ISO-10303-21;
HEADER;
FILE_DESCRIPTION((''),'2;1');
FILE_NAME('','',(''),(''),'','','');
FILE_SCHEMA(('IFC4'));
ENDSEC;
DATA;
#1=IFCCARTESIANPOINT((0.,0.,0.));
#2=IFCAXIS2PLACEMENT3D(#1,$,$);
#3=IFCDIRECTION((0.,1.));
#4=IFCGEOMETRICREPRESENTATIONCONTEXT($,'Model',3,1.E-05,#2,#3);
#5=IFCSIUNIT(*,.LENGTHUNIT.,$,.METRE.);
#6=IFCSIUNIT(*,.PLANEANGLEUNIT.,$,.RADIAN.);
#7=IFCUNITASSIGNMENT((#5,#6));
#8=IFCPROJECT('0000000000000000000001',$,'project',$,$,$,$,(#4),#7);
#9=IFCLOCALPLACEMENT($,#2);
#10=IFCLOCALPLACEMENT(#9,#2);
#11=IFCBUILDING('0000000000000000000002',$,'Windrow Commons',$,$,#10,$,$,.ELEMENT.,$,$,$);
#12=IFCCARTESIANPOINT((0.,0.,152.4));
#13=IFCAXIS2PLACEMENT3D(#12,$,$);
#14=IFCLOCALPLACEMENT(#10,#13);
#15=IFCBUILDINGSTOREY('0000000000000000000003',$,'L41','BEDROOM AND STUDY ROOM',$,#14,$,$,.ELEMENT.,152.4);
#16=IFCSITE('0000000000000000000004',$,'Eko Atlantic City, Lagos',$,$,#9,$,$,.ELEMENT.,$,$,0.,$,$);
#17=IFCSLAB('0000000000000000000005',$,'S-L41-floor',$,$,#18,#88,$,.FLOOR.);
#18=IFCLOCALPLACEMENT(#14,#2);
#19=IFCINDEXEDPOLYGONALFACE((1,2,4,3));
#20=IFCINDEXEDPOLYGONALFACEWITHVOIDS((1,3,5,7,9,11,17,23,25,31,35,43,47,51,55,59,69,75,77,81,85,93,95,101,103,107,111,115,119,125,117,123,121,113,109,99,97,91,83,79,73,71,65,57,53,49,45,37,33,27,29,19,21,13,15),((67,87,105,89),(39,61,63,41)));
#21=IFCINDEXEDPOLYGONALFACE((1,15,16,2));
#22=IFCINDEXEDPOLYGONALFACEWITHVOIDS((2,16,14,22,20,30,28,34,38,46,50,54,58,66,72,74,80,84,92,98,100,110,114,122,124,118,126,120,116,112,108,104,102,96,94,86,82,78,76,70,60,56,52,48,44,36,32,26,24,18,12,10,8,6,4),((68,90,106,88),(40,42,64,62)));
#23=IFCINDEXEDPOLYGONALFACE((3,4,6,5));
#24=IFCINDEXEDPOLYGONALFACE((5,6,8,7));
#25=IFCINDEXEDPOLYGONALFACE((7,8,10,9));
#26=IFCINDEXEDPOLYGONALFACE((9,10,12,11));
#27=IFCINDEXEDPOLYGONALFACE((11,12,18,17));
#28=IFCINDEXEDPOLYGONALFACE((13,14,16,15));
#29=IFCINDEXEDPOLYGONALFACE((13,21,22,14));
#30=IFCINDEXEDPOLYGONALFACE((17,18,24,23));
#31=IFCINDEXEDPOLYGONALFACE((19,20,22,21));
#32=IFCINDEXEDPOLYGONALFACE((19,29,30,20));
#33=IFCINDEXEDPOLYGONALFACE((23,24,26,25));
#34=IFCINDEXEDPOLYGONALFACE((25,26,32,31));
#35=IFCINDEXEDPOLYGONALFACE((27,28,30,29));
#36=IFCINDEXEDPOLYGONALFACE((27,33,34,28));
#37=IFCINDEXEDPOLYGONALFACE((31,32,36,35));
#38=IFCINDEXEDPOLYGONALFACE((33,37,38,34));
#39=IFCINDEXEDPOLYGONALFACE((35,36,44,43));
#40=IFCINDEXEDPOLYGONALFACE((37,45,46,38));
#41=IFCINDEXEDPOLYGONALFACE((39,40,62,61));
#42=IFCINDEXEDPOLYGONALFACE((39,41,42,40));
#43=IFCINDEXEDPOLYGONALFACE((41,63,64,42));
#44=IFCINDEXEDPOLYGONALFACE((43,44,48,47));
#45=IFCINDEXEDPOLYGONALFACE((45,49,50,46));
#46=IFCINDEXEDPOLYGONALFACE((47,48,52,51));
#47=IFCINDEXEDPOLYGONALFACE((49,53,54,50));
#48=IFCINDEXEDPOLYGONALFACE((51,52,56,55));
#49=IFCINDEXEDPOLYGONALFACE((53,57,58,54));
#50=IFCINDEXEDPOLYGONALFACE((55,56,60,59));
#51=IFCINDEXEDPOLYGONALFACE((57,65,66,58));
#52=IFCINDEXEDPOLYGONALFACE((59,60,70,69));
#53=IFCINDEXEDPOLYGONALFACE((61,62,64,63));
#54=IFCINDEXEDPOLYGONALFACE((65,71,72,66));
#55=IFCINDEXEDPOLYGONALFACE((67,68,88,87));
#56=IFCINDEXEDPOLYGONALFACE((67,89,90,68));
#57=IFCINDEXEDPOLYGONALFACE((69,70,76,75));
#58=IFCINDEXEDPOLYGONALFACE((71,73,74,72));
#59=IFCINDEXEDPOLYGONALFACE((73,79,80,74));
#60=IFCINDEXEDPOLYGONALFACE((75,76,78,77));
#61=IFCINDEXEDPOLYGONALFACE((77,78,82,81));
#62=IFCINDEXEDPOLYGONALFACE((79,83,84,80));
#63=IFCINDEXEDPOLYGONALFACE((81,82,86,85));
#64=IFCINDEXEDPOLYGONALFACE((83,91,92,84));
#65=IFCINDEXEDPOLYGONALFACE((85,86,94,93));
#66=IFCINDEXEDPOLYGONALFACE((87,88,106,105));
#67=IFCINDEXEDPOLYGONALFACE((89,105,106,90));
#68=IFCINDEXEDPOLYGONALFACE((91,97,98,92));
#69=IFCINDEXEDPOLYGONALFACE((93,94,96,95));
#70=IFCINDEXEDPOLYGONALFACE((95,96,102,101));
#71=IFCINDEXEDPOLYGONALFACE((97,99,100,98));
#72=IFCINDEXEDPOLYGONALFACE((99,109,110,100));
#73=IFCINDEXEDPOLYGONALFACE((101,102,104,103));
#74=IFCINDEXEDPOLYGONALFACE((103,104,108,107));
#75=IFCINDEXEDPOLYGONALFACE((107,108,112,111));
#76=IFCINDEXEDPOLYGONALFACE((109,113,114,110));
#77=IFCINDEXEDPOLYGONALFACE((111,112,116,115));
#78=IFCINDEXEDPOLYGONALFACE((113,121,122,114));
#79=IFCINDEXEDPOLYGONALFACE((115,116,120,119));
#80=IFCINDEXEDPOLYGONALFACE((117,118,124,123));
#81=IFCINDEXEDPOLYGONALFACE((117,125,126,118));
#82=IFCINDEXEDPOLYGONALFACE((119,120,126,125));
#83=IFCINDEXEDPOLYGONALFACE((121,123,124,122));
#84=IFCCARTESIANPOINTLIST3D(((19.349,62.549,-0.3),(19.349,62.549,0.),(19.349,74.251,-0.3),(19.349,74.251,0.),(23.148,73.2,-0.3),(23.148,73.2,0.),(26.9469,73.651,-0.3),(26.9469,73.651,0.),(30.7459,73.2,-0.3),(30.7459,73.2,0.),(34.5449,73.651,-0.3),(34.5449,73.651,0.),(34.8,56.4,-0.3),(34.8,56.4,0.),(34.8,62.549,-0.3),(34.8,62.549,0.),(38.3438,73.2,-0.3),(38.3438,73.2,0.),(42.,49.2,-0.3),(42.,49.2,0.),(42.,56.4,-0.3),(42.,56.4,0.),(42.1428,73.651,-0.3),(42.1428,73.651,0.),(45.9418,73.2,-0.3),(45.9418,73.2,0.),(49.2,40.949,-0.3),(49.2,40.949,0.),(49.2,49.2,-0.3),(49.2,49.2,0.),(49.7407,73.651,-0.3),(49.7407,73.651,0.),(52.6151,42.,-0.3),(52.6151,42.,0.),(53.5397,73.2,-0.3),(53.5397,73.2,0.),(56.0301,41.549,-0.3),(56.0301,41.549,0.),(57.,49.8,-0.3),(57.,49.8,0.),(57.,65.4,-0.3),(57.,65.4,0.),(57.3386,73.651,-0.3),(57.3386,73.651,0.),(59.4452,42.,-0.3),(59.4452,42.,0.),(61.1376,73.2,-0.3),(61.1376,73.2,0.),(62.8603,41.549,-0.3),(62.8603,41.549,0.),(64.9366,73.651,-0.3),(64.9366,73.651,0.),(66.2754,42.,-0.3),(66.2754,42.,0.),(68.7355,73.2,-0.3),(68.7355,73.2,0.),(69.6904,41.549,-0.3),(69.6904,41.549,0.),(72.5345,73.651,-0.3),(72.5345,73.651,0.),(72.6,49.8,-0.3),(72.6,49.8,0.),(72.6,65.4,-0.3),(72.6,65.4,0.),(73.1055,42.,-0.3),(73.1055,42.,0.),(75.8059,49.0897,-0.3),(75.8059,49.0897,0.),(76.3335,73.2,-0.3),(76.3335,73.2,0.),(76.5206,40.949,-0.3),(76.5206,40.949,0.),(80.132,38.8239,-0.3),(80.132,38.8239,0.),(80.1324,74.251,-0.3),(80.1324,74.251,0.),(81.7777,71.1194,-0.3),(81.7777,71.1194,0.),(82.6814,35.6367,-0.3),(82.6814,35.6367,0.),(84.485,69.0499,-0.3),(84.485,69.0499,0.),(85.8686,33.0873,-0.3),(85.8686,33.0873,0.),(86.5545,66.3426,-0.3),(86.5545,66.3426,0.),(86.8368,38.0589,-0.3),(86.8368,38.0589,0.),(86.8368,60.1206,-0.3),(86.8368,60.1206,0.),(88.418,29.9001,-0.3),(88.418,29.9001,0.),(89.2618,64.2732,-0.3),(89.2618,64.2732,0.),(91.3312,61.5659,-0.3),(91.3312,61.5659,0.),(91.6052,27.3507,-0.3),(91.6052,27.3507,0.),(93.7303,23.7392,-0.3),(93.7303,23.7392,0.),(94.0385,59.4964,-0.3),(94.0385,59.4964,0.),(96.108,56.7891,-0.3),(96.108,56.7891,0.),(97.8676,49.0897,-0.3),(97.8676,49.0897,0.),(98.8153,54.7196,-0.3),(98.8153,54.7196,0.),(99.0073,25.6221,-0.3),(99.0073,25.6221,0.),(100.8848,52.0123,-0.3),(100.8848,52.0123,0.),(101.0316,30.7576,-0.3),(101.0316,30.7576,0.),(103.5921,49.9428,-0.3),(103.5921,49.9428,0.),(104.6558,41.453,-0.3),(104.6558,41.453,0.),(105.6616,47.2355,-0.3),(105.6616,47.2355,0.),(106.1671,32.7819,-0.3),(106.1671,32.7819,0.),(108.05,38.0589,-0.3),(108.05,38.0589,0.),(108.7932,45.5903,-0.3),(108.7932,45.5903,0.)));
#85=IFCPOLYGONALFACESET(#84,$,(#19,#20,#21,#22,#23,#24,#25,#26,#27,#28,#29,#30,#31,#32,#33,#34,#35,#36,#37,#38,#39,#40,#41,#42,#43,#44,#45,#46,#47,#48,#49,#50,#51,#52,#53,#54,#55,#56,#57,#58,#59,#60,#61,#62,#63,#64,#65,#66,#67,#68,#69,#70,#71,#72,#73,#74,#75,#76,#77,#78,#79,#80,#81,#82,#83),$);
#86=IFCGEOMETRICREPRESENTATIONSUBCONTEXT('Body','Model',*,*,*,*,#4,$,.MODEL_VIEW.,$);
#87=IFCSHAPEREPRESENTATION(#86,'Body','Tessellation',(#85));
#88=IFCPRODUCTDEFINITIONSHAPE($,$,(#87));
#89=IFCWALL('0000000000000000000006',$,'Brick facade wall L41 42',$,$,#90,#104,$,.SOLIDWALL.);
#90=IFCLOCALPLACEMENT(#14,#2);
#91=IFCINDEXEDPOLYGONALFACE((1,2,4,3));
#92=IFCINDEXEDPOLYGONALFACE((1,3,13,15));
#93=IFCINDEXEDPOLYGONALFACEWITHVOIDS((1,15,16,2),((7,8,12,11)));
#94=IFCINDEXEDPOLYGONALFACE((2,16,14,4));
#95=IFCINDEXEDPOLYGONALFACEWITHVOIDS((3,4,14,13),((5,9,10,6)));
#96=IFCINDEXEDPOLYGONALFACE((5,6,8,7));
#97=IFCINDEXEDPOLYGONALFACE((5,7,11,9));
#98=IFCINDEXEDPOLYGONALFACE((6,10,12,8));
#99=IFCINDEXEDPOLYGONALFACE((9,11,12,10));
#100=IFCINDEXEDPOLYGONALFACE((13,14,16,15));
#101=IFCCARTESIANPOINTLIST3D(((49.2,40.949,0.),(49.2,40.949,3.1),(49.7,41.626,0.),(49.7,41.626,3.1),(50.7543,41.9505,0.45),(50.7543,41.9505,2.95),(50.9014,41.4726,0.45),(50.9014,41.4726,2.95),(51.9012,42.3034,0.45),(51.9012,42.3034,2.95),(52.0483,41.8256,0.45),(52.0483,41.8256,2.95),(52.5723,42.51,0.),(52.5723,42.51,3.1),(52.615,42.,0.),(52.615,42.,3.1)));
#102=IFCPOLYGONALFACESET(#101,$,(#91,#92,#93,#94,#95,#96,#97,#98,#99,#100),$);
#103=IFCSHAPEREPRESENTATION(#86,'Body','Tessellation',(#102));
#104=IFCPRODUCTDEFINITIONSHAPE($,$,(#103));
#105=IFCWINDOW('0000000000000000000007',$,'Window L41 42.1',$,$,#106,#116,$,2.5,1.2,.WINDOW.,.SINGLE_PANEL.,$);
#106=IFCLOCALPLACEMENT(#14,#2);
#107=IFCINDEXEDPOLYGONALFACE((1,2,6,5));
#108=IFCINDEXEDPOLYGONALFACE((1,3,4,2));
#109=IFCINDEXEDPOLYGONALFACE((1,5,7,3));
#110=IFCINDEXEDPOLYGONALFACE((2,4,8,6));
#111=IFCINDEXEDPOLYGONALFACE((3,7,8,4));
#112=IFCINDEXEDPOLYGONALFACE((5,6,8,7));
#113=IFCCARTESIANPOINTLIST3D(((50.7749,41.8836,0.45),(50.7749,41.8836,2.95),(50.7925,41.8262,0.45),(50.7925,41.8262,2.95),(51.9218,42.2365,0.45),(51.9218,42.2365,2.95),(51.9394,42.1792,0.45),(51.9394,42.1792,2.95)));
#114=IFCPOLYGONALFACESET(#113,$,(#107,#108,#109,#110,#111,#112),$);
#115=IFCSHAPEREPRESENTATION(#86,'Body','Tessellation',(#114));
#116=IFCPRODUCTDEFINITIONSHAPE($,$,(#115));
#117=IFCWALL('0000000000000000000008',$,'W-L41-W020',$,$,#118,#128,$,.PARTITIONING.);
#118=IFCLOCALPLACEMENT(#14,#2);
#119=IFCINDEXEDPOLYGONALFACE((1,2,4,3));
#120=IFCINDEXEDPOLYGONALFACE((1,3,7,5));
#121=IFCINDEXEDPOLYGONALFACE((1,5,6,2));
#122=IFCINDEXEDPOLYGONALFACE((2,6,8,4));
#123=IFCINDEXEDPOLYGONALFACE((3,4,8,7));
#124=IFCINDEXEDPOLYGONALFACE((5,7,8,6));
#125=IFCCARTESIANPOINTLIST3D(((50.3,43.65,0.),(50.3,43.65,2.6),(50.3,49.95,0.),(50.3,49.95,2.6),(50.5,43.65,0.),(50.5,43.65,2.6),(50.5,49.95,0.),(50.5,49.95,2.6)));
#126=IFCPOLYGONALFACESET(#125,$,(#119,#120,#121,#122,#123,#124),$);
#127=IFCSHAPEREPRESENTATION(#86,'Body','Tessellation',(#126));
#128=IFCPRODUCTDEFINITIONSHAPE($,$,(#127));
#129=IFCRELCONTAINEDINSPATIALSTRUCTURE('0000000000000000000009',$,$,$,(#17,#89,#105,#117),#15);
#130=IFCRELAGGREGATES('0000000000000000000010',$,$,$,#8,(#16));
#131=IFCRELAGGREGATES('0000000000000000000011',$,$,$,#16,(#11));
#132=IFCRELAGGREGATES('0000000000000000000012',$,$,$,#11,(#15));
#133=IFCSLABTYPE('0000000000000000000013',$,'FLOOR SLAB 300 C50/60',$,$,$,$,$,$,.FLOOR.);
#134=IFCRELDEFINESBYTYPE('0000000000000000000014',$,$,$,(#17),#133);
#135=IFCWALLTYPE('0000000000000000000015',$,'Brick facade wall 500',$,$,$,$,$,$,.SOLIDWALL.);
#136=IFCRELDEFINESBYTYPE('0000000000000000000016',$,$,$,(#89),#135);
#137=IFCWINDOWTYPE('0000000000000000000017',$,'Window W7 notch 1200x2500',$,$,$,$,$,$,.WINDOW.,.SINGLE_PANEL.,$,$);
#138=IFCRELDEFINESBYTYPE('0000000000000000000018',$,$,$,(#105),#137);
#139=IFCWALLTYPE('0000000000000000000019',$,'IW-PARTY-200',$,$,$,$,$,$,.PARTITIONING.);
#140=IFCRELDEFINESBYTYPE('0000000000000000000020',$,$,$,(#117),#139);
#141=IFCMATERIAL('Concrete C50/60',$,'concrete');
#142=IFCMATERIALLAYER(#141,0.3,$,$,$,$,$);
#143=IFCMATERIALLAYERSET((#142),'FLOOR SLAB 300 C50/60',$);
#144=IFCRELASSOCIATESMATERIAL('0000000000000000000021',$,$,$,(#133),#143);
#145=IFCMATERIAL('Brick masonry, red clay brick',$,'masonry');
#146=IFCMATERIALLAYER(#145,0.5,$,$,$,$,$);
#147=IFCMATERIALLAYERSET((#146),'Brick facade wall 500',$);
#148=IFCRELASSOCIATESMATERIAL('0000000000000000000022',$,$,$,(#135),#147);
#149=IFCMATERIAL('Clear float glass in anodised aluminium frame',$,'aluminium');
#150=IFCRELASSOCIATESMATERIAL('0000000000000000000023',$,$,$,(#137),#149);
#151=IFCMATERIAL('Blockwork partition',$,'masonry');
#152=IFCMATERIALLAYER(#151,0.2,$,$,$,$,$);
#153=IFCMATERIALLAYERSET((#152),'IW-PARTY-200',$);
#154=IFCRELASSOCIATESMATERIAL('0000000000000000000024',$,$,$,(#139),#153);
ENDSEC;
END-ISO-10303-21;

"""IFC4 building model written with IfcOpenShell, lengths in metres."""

from ifc_helpers import new_model, si_unit, direction, frame, frame_2d, origin, place, context, subcontext, project, spatial, polyline, rectangle, outline, extrude, material, layer, layer_set, type_object, element, fill, save


model = new_model("IFC4")

# Units and contexts
model_context = context("Model", 3, precision=1e-05, world=origin(), true_north=direction((0.0, 1.0)))
body_context = subcontext(model_context, "Body", "Model", "MODEL_VIEW")
ifc_project = project(units=[si_unit("LENGTHUNIT", "METRE"), si_unit("PLANEANGLEUNIT", "RADIAN")], contexts=[model_context])

# Site, building, storey
site_placement = place(None, origin())
site = spatial("IfcSite", under=ifc_project, at=site_placement, Name="Eko Atlantic City, Lagos", CompositionType="ELEMENT", RefElevation=0.0)
building_placement = place(site_placement, origin())
building = spatial("IfcBuilding", under=site, at=building_placement, Name="Windrow Commons", CompositionType="ELEMENT")
storey_placement = place(building_placement, frame((0.0, 0.0, 152.4)))
storey = spatial("IfcBuildingStorey", under=building, at=storey_placement, Name="L41", Description="BEDROOM AND STUDY ROOM", CompositionType="ELEMENT", Elevation=152.4)

# Shared definitions
placement_1 = place(storey_placement, frame((0.0, 0.0, -0.3)))

# Slab, openings
ifc_material_1 = material(Name="Concrete C50/60", Category="concrete")
ifc_layer_1 = layer(ifc_material_1, 0.3)
ifc_layer_set_1 = layer_set([ifc_layer_1], Name="FLOOR SLAB 300 C50/60")
slab_type_1 = type_object("IfcSlabType", Name="FLOOR SLAB 300 C50/60", PredefinedType="FLOOR", material=ifc_layer_set_1)
slab_1 = element("IfcSlab", 1, at=placement_1, inside=storey, type_object=slab_type_1, Name="S-L41-floor", PredefinedType="FLOOR", context=body_context, shape_type="SweptSolid", body=[
    extrude(outline(polyline([(91.6052, 27.3507), (93.7303, 23.7392), (99.0073, 25.6221), (101.0316, 30.7576), (106.1671, 32.7819), (108.05, 38.0589), (104.6558, 41.453), (108.7932, 45.5903), (105.6616, 47.2355), (103.5921, 49.9428), (100.8848, 52.0123), (98.8153, 54.7196), (96.108, 56.7891), (94.0385, 59.4964), (91.3312, 61.5659), (89.2618, 64.2732), (86.5545, 66.3426), (84.485, 69.0499), (81.7777, 71.1194), (80.1324, 74.251), (76.3335, 73.2), (72.5345, 73.651), (68.7355, 73.2), (64.9366, 73.651), (61.1376, 73.2), (57.3386, 73.651), (53.5397, 73.2), (49.7407, 73.651), (45.9418, 73.2), (42.1428, 73.651), (38.3438, 73.2), (34.5449, 73.651), (30.7459, 73.2), (26.9469, 73.651), (23.148, 73.2), (19.349, 74.251), (19.349, 62.549), (34.8, 62.549), (34.8, 56.4), (42.0, 56.4), (42.0, 49.2), (49.2, 49.2), (49.2, 40.949), (52.6151, 42.0), (56.0301, 41.549), (59.4452, 42.0), (62.8603, 41.549), (66.2754, 42.0), (69.6904, 41.549), (73.1055, 42.0), (76.5206, 40.949), (80.132, 38.8239), (82.6814, 35.6367), (85.8686, 33.0873), (88.418, 29.9001), (91.6052, 27.3507)]), holes=[polyline([(75.8059, 49.0897), (86.8368, 60.1206), (97.8676, 49.0897), (86.8368, 38.0589), (75.8059, 49.0897)]), polyline([(57.0, 49.8), (57.0, 65.4), (72.6, 65.4), (72.6, 49.8), (57.0, 49.8)])]), origin(), (0.0, 0.0, 1.0), 0.3),
])
opening_1_placement = place(placement_1, origin())
element("IfcOpeningElement", 2, at=opening_1_placement, cuts=slab_1, PredefinedType="OPENING", context=body_context, shape_type="SweptSolid", body=[
    extrude(outline(polyline([(75.813, 49.0897), (86.8368, 60.1135), (97.8605, 49.0897), (86.8368, 38.066), (75.813, 49.0897)])), origin(), (0.0, 0.0, 1.0), 0.3),
])
opening_2_placement = place(placement_1, origin())
element("IfcOpeningElement", 3, at=opening_2_placement, cuts=slab_1, PredefinedType="OPENING", context=body_context, shape_type="SweptSolid", body=[
    extrude(outline(polyline([(57.005, 49.805), (57.005, 65.395), (72.595, 65.395), (72.595, 49.805), (57.005, 49.805)])), origin(), (0.0, 0.0, 1.0), 0.3),
])

# Wall, opening, window
ifc_material_2 = material(Name="Brick masonry, red clay brick", Category="masonry")
ifc_layer_2 = layer(ifc_material_2, 0.5)
ifc_layer_set_2 = layer_set([ifc_layer_2], Name="Brick facade wall 500")
wall_type_1 = type_object("IfcWallType", Name="Brick facade wall 500", PredefinedType="SOLIDWALL", material=ifc_layer_set_2)
wall_1_placement = place(storey_placement, frame((49.45, 41.2875, 0.0), z_axis=(0.0, 0.0, 1.0), x_axis=(0.955761, 0.294144, 0.0)))
wall_1 = element("IfcWall", 4, at=wall_1_placement, inside=storey, type_object=wall_type_1, Name="Brick facade wall L41 42", PredefinedType="SOLIDWALL", context=body_context, shape_type="SweptSolid", body=[
    extrude(outline(polyline([(-0.3385, -0.25), (3.2346, -0.25), (3.3438, 0.25), (0.3385, 0.25), (-0.3385, -0.25)])), origin(), (0.0, 0.0, 1.0), 3.1),
])
opening_3_placement = place(wall_1_placement, frame((1.4416, 0.0, 0.45)))
opening_3 = element("IfcOpeningElement", 5, at=opening_3_placement, cuts=wall_1, PredefinedType="OPENING", context=body_context, shape_type="SweptSolid", body=[
    extrude(rectangle(XDim=1.2, YDim=2.5, at=frame_2d((0.6, 1.25))), frame((0.0, 0.26, 0.0), z_axis=(0.0, -1.0, 0.0), x_axis=(1.0, 0.0, 0.0)), (0.0, 0.0, 1.0), 0.52),
])
ifc_material_3 = material(Name="Clear float glass in anodised aluminium frame", Category="aluminium")
window_type = type_object("IfcWindowType", Name="Window W7 notch 1200x2500", PartitioningType="SINGLE_PANEL", PredefinedType="WINDOW", material=ifc_material_3)
window_placement = place(opening_3_placement, origin())
window = element("IfcWindow", 6, at=window_placement, inside=storey, type_object=window_type, Name="Window L41 42.1", OverallHeight=2.5, OverallWidth=1.2, PartitioningType="SINGLE_PANEL", PredefinedType="WINDOW", context=body_context, shape_type="SweptSolid", body=[
    extrude(rectangle(XDim=1.2, YDim=2.5, at=frame_2d((0.6, 1.25))), frame((0.0, 0.18, 0.0), z_axis=(0.0, -1.0, 0.0), x_axis=(1.0, 0.0, 0.0)), (0.0, 0.0, 1.0), 0.06),
])
fill(opening_3, window)

# Wall
ifc_material_4 = material(Name="Blockwork partition", Category="masonry")
ifc_layer_3 = layer(ifc_material_4, 0.2)
ifc_layer_set_3 = layer_set([ifc_layer_3], Name="IW-PARTY-200")
wall_type_2 = type_object("IfcWallType", Name="IW-PARTY-200", PredefinedType="PARTITIONING", material=ifc_layer_set_3)
wall_2_placement = place(storey_placement, frame((50.4, 43.65, 0.0), z_axis=(0.0, 0.0, 1.0), x_axis=(0.0, 1.0, 0.0)))
element("IfcWall", 7, at=wall_2_placement, inside=storey, type_object=wall_type_2, Name="W-L41-W020", PredefinedType="PARTITIONING", context=body_context, shape_type="SweptSolid", body=[
    extrude(rectangle(XDim=6.3, YDim=0.2, at=frame_2d((3.15, 0.0))), origin(), (0.0, 0.0, 1.0), 2.6),
])

save(model, "model.ifc")
